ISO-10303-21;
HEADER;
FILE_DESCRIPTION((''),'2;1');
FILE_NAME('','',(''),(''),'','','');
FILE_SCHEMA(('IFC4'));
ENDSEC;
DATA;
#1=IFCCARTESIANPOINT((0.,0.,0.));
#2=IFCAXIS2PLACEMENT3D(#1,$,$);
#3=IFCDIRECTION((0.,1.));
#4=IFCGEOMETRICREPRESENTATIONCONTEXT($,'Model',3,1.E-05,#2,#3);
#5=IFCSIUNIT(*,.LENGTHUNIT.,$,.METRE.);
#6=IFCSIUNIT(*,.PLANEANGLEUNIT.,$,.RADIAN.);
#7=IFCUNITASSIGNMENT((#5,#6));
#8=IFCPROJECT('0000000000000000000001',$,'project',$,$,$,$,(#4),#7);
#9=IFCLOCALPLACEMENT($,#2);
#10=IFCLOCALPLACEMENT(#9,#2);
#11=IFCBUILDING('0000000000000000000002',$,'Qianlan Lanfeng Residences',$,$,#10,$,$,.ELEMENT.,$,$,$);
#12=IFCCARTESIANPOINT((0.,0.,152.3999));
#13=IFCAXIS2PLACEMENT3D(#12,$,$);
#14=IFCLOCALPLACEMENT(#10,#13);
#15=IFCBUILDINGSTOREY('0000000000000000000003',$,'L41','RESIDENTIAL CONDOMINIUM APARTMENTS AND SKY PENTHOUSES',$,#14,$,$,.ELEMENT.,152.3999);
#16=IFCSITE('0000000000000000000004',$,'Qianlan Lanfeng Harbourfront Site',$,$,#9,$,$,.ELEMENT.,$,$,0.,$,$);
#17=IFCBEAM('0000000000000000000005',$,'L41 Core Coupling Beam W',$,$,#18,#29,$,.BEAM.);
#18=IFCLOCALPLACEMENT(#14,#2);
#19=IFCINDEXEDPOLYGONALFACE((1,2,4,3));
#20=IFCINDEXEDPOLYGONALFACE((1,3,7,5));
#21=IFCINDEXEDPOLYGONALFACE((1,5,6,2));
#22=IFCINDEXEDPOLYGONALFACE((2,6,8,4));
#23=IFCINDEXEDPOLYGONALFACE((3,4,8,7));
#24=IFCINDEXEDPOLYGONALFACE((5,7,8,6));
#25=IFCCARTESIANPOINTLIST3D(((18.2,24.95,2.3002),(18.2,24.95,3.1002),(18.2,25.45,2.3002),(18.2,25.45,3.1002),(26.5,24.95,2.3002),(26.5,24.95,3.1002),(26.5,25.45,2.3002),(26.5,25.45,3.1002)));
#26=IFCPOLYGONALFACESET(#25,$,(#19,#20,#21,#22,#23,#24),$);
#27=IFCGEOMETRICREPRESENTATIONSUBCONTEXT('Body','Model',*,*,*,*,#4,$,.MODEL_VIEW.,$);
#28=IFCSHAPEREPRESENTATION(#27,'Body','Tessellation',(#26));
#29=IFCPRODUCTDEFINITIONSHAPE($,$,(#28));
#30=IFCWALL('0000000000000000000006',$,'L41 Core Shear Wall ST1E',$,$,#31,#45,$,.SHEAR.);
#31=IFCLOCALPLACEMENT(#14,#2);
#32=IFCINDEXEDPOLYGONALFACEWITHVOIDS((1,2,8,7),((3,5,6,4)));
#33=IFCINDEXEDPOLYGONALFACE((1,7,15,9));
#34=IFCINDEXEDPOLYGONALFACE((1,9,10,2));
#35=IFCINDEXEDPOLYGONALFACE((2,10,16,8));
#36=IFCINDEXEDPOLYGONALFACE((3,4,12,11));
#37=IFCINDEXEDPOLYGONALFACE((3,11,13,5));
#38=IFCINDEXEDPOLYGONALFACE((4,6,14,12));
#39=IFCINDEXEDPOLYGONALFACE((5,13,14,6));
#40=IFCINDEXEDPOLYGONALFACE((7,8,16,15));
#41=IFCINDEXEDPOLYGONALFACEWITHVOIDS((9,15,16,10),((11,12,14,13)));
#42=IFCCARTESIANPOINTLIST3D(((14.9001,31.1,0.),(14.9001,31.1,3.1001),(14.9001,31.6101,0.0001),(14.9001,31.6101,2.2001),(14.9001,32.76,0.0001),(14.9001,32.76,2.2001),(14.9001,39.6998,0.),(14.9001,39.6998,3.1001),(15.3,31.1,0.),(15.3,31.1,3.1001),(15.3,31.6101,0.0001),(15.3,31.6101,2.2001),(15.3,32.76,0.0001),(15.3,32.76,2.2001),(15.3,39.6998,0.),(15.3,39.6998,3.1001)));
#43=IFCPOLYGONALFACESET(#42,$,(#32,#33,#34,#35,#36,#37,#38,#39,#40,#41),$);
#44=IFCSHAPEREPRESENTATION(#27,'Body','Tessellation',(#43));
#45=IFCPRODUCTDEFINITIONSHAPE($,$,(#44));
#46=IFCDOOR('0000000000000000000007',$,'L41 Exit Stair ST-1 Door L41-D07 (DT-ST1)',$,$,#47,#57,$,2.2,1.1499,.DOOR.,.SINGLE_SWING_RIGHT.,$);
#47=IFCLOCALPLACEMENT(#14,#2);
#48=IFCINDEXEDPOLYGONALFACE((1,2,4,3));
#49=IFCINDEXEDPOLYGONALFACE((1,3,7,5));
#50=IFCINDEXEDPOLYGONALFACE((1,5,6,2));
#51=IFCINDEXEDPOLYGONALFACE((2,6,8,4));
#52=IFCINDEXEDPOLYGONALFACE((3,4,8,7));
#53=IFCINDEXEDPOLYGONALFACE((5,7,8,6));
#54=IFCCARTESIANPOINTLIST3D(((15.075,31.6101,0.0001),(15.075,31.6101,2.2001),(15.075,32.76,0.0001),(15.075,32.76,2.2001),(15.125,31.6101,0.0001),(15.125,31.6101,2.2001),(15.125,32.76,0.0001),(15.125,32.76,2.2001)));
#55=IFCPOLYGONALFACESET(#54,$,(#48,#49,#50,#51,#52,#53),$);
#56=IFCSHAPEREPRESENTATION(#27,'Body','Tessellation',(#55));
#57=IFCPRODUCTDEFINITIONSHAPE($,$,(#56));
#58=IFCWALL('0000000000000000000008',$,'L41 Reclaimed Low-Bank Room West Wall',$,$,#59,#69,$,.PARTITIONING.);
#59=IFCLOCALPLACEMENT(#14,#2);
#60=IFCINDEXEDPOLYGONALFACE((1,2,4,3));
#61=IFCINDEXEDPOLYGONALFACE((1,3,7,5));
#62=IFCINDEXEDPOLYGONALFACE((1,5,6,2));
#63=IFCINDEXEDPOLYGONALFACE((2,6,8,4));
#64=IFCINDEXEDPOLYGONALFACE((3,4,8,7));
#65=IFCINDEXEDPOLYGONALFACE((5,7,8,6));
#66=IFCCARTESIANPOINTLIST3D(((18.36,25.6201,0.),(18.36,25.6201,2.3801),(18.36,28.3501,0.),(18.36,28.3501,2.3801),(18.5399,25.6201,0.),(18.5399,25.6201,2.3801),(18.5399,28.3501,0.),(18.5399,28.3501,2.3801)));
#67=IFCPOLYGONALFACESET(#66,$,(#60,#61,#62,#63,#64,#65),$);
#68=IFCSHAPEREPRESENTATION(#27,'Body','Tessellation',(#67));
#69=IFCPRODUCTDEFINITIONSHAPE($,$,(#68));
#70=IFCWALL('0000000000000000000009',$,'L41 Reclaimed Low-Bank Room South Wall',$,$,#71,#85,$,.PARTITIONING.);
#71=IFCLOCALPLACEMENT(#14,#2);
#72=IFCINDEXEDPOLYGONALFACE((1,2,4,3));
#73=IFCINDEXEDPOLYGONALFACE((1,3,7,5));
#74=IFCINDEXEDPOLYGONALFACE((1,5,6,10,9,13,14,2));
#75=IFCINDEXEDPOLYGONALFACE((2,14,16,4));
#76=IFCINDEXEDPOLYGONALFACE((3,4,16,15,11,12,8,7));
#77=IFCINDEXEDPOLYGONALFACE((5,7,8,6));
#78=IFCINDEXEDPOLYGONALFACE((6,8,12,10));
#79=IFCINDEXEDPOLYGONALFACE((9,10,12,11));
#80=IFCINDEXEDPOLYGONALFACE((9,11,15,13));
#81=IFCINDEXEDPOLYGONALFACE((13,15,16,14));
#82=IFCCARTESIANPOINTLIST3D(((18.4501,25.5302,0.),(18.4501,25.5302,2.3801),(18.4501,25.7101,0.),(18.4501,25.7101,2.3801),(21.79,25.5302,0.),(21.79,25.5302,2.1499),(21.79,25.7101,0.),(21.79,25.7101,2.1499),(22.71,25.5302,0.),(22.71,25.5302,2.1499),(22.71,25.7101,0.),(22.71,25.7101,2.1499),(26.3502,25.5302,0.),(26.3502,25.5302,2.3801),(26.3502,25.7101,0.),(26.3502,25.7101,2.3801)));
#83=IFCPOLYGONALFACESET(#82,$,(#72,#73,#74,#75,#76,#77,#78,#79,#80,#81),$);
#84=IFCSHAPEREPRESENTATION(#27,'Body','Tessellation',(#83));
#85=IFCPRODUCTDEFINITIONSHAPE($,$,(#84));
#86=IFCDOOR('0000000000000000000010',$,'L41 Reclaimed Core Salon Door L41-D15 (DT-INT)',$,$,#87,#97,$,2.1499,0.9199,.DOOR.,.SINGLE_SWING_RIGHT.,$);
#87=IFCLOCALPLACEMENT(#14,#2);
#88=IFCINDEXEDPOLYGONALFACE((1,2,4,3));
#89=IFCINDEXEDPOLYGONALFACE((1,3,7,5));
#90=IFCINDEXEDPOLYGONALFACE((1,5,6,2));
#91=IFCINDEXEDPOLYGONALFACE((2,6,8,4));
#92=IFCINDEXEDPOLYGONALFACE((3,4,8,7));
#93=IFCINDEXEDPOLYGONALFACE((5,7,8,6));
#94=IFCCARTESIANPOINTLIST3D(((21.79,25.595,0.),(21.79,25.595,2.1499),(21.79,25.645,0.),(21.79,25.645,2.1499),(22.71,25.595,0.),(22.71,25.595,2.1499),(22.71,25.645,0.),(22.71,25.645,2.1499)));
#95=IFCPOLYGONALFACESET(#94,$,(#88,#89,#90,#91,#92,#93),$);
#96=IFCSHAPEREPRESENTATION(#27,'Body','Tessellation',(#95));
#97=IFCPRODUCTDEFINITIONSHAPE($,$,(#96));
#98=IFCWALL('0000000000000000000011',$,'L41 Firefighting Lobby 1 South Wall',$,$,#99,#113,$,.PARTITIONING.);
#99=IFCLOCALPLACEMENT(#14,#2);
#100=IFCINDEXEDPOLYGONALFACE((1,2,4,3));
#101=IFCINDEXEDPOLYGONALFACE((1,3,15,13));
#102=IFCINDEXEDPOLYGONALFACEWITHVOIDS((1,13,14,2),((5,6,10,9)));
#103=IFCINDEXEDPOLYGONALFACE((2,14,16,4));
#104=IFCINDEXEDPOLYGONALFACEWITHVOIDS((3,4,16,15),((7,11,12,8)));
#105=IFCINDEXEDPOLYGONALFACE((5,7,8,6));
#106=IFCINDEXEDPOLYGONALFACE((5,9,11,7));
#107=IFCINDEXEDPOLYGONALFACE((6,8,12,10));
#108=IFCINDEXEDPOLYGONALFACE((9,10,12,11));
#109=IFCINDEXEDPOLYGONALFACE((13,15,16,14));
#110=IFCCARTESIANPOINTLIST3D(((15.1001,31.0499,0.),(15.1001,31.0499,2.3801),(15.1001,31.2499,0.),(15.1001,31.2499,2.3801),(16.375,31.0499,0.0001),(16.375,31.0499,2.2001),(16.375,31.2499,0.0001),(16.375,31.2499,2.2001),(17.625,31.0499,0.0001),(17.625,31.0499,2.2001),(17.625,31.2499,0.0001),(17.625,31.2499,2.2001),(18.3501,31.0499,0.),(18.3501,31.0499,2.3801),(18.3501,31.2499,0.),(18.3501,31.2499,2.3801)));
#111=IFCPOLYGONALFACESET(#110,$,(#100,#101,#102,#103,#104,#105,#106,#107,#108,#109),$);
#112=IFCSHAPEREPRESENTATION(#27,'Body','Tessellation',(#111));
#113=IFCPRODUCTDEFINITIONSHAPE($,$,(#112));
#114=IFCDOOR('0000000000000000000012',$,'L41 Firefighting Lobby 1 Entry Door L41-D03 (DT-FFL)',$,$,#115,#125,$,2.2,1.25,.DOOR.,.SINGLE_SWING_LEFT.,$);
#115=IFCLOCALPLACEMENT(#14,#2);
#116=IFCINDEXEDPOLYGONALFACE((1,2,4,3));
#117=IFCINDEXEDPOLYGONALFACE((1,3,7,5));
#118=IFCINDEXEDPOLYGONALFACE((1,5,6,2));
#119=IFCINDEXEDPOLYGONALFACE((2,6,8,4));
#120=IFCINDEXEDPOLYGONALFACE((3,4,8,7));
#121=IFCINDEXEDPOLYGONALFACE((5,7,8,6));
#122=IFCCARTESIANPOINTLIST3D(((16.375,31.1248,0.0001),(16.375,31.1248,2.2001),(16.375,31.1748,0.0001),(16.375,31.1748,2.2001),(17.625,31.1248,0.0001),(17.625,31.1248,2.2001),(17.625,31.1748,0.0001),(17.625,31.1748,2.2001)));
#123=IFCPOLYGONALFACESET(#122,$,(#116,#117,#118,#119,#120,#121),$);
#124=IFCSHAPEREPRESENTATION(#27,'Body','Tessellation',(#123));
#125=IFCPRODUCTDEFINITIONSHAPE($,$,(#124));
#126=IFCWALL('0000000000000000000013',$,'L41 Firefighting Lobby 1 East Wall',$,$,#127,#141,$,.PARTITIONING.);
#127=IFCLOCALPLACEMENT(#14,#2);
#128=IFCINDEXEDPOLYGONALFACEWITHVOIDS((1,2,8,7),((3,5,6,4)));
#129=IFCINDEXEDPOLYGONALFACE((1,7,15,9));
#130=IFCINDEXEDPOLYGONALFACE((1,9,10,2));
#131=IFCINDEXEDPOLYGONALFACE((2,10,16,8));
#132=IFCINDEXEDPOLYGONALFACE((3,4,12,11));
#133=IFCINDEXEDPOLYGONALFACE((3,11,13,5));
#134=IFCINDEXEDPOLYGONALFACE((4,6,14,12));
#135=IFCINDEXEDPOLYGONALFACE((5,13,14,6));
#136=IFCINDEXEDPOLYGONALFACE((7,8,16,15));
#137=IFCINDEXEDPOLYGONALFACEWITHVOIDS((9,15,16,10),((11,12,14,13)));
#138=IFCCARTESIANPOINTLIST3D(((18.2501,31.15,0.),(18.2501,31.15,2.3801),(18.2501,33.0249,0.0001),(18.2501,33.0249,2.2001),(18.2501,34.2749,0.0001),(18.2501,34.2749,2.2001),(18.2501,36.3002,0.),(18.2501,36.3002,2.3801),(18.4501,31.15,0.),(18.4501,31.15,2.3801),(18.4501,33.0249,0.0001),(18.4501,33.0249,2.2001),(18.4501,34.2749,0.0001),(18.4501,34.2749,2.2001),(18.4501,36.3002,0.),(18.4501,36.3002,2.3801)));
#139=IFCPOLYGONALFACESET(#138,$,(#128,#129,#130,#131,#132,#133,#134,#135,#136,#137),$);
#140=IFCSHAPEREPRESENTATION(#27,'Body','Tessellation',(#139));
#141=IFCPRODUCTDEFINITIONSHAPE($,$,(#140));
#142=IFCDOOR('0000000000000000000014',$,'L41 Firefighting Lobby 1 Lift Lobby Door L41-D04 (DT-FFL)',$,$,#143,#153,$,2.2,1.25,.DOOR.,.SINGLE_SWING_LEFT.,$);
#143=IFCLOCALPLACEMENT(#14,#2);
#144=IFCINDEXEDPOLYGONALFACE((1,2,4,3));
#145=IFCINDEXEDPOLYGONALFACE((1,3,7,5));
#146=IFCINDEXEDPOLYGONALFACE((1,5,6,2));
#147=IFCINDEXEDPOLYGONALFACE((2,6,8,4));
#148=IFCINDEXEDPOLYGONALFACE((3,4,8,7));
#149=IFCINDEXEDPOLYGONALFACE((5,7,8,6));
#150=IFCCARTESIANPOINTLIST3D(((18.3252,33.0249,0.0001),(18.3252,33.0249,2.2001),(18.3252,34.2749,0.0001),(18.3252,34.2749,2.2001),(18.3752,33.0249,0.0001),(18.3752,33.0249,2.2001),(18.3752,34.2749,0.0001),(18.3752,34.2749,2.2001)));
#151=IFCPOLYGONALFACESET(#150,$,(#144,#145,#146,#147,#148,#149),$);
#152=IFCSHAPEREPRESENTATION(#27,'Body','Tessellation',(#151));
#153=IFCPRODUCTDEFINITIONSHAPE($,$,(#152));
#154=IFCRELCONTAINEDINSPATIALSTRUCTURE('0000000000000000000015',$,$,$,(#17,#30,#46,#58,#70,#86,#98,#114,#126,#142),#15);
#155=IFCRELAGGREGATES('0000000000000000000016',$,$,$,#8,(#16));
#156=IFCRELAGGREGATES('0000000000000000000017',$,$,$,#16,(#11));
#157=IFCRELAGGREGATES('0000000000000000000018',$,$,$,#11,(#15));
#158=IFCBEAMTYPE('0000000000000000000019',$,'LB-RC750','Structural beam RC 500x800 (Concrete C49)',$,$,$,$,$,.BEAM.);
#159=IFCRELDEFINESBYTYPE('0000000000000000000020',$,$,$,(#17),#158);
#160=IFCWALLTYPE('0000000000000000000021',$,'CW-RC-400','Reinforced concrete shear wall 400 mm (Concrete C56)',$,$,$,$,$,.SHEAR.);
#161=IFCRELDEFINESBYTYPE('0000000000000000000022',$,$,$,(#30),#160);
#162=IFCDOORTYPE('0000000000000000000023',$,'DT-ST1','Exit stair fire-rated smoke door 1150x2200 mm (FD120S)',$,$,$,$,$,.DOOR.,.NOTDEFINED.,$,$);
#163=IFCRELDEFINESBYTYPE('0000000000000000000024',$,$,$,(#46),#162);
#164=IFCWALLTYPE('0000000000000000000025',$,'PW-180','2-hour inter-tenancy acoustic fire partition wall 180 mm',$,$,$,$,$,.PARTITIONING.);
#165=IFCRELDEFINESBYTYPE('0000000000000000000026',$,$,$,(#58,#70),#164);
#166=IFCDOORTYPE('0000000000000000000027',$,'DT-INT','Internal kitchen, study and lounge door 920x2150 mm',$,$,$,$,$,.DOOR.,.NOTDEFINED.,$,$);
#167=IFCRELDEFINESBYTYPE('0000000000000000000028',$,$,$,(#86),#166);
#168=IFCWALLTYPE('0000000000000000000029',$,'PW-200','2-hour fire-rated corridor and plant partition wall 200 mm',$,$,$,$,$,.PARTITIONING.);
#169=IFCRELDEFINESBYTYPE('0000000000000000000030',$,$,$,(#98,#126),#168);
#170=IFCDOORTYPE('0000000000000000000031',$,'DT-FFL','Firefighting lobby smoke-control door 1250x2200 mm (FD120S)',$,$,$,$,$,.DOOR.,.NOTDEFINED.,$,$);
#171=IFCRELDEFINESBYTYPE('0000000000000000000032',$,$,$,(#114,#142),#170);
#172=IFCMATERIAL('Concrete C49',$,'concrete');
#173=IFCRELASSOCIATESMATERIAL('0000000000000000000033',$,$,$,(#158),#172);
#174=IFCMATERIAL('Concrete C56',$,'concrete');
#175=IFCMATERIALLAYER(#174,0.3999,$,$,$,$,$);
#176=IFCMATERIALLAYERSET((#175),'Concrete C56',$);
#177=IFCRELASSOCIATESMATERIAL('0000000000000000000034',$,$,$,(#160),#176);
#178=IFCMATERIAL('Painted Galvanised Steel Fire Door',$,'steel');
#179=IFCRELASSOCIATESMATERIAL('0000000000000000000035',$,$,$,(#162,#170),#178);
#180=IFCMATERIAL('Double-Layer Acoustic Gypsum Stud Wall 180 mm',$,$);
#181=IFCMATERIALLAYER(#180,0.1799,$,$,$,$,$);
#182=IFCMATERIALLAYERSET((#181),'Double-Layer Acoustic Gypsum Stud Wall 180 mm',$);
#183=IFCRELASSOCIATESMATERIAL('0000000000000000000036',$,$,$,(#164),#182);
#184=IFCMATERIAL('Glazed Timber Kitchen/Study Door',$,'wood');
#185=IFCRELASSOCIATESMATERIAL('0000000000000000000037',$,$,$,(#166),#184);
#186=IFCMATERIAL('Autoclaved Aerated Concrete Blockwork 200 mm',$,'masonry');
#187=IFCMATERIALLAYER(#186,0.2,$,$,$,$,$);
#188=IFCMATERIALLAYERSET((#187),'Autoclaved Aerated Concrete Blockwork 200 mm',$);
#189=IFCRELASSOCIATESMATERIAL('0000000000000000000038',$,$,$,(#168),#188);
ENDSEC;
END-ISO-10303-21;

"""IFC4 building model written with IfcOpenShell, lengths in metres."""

from ifc_helpers import new_model, si_unit, direction, frame, frame_2d, origin, origin_2d, place, context, subcontext, project, spatial, rectangle, extrude, material, layer, layer_set, material_profile, profile_set, type_object, element, fill, save


model = new_model("IFC4")

# Units and contexts
model_context = context("Model", 3, precision=1e-05, world=origin(), true_north=direction((0.0, 1.0)))
body_context = subcontext(model_context, "Body", "Model", "MODEL_VIEW")
ifc_project = project(units=[si_unit("LENGTHUNIT", "METRE"), si_unit("PLANEANGLEUNIT", "RADIAN")], contexts=[model_context])

# Site, building, storey
site_placement = place(None, origin())
site = spatial("IfcSite", under=ifc_project, at=site_placement, Name="Qianlan Lanfeng Harbourfront Site", CompositionType="ELEMENT", RefElevation=0.0)
building_placement = place(site_placement, origin())
building = spatial("IfcBuilding", under=site, at=building_placement, Name="Qianlan Lanfeng Residences", CompositionType="ELEMENT")
storey_placement = place(building_placement, frame((0.0, 0.0, 152.3999)))
storey = spatial("IfcBuildingStorey", under=building, at=storey_placement, Name="L41", Description="RESIDENTIAL CONDOMINIUM APARTMENTS AND SKY PENTHOUSES", CompositionType="ELEMENT", Elevation=152.3999)

# Beam
ifc_material_1 = material(Name="Concrete C49", Category="concrete")
ifc_material_profile = material_profile(ifc_material_1, rectangle(XDim=0.5, YDim=0.8, at=origin_2d()), Name="RC 500x800")
ifc_profile_set = profile_set([ifc_material_profile], Name="Concrete C49")
beam_type = type_object("IfcBeamType", Name="LB-RC750", Description="Structural beam RC 500x800 (Concrete C49)", PredefinedType="BEAM", material=ifc_profile_set)
beam_placement = place(storey_placement, frame((18.2, 25.2, 2.7002), z_axis=(1.0, 0.0, 0.0), x_axis=(0.0, 1.0, 0.0)))
element("IfcBeam", 1, at=beam_placement, inside=storey, type_object=beam_type, Name="L41 Core Coupling Beam W", PredefinedType="BEAM", context=body_context, shape_type="SweptSolid", body=[
    extrude(rectangle(XDim=0.5, YDim=0.8, at=origin_2d()), origin(), (0.0, 0.0, 1.0), 8.3),
])

# Wall, opening, door
ifc_material_2 = material(Name="Concrete C56", Category="concrete")
ifc_layer_1 = layer(ifc_material_2, 0.3999)
ifc_layer_set_1 = layer_set([ifc_layer_1], Name="Concrete C56")
wall_type_1 = type_object("IfcWallType", Name="CW-RC-400", Description="Reinforced concrete shear wall 400 mm (Concrete C56)", PredefinedType="SHEAR", material=ifc_layer_set_1)
wall_1_placement = place(storey_placement, frame((15.1001, 31.1001, 0.0), z_axis=(0.0, 0.0, 1.0), x_axis=(0.0, 1.0, 0.0)))
wall_1 = element("IfcWall", 2, at=wall_1_placement, inside=storey, type_object=wall_type_1, Name="L41 Core Shear Wall ST1E", PredefinedType="SHEAR", context=body_context, shape_type="SweptSolid", body=[
    extrude(rectangle(XDim=8.5999, YDim=0.3999, at=frame_2d((4.2998, 0.0))), origin(), (0.0, 0.0, 1.0), 3.1001),
])
opening_1_placement = place(wall_1_placement, frame((0.51, 0.0, 0.0)))
opening_1 = element("IfcOpeningElement", 3, at=opening_1_placement, cuts=wall_1, PredefinedType="OPENING", context=body_context, shape_type="SweptSolid", body=[
    extrude(rectangle(XDim=1.1499, YDim=2.2, at=frame_2d((0.575, 1.1001))), frame((0.0, 0.21, 0.0), z_axis=(0.0, -1.0, 0.0), x_axis=(1.0, 0.0, 0.0)), (0.0, 0.0, 1.0), 0.4199),
])
ifc_material_3 = material(Name="Painted Galvanised Steel Fire Door", Category="steel")
door_type_1 = type_object("IfcDoorType", Name="DT-ST1", Description="Exit stair fire-rated smoke door 1150x2200 mm (FD120S)", OperationType="NOTDEFINED", PredefinedType="DOOR", material=ifc_material_3)
door_1_placement = place(opening_1_placement, frame((1.1499, 0.0, 0.0), z_axis=(0.0, 0.0, 1.0), x_axis=(-1.0, 0.0, 0.0)))
door_1 = element("IfcDoor", 4, at=door_1_placement, inside=storey, type_object=door_type_1, Name="L41 Exit Stair ST-1 Door L41-D07 (DT-ST1)", OperationType="SINGLE_SWING_RIGHT", OverallHeight=2.2, OverallWidth=1.1499, PredefinedType="DOOR", context=body_context, shape_type="SweptSolid", body=[
    extrude(rectangle(XDim=1.1499, YDim=2.2, at=frame_2d((0.575, 1.1001))), frame((0.0, 0.0249, 0.0), z_axis=(0.0, -1.0, 0.0), x_axis=(1.0, 0.0, 0.0)), (0.0, 0.0, 1.0), 0.05),
])
fill(opening_1, door_1)

# Shared definitions
ifc_material_4 = material(Name="Double-Layer Acoustic Gypsum Stud Wall 180 mm")
ifc_layer_2 = layer(ifc_material_4, 0.1799)
ifc_layer_set_2 = layer_set([ifc_layer_2], Name="Double-Layer Acoustic Gypsum Stud Wall 180 mm")
wall_type_2 = type_object("IfcWallType", Name="PW-180", Description="2-hour inter-tenancy acoustic fire partition wall 180 mm", PredefinedType="PARTITIONING", material=ifc_layer_set_2)
ifc_material_5 = material(Name="Glazed Timber Kitchen/Study Door", Category="wood")
door_type_2 = type_object("IfcDoorType", Name="DT-INT", Description="Internal kitchen, study and lounge door 920x2150 mm", OperationType="NOTDEFINED", PredefinedType="DOOR", material=ifc_material_5)

# Wall
wall_2_placement = place(storey_placement, frame((18.45, 25.6201, 0.0), z_axis=(0.0, 0.0, 1.0), x_axis=(0.0, 1.0, 0.0)))
element("IfcWall", 5, at=wall_2_placement, inside=storey, type_object=wall_type_2, Name="L41 Reclaimed Low-Bank Room West Wall", PredefinedType="PARTITIONING", context=body_context, shape_type="SweptSolid", body=[
    extrude(rectangle(XDim=2.73, YDim=0.1799, at=frame_2d((1.365, 0.0))), origin(), (0.0, 0.0, 1.0), 2.3801),
])

# Walls, openings, doors
wall_3_placement = place(storey_placement, frame((18.45, 25.6201, 0.0), z_axis=(0.0, 0.0, 1.0), x_axis=(1.0, 0.0, 0.0)))
wall_3 = element("IfcWall", 6, at=wall_3_placement, inside=storey, type_object=wall_type_2, Name="L41 Reclaimed Low-Bank Room South Wall", PredefinedType="PARTITIONING", context=body_context, shape_type="SweptSolid", body=[
    extrude(rectangle(XDim=7.9001, YDim=0.1799, at=frame_2d((3.9502, 0.0))), origin(), (0.0, 0.0, 1.0), 2.3801),
])
opening_2_placement = place(wall_3_placement, frame((3.3401, 0.0, 0.0)))
opening_2 = element("IfcOpeningElement", 7, at=opening_2_placement, cuts=wall_3, PredefinedType="OPENING", context=body_context, shape_type="SweptSolid", body=[
    extrude(rectangle(XDim=0.9199, YDim=2.1499, at=frame_2d((0.46, 1.075))), frame((0.0, 0.1001, 0.0), z_axis=(0.0, -1.0, 0.0), x_axis=(1.0, 0.0, 0.0)), (0.0, 0.0, 1.0), 0.2),
])
door_2_placement = place(opening_2_placement, origin())
door_2 = element("IfcDoor", 8, at=door_2_placement, inside=storey, type_object=door_type_2, Name="L41 Reclaimed Core Salon Door L41-D15 (DT-INT)", OperationType="SINGLE_SWING_RIGHT", OverallHeight=2.1499, OverallWidth=0.9199, PredefinedType="DOOR", context=body_context, shape_type="SweptSolid", body=[
    extrude(rectangle(XDim=0.9199, YDim=2.1499, at=frame_2d((0.46, 1.075))), frame((0.0, 0.0249, 0.0), z_axis=(0.0, -1.0, 0.0), x_axis=(1.0, 0.0, 0.0)), (0.0, 0.0, 1.0), 0.05),
])
fill(opening_2, door_2)
ifc_material_6 = material(Name="Autoclaved Aerated Concrete Blockwork 200 mm", Category="masonry")
ifc_layer_3 = layer(ifc_material_6, 0.2)
ifc_layer_set_3 = layer_set([ifc_layer_3], Name="Autoclaved Aerated Concrete Blockwork 200 mm")
wall_type_3 = type_object("IfcWallType", Name="PW-200", Description="2-hour fire-rated corridor and plant partition wall 200 mm", PredefinedType="PARTITIONING", material=ifc_layer_set_3)
wall_4_placement = place(storey_placement, frame((15.1001, 31.1499, 0.0), z_axis=(0.0, 0.0, 1.0), x_axis=(1.0, 0.0, 0.0)))
wall_4 = element("IfcWall", 9, at=wall_4_placement, inside=storey, type_object=wall_type_3, Name="L41 Firefighting Lobby 1 South Wall", PredefinedType="PARTITIONING", context=body_context, shape_type="SweptSolid", body=[
    extrude(rectangle(XDim=3.25, YDim=0.2, at=frame_2d((1.625, 0.0))), origin(), (0.0, 0.0, 1.0), 2.3801),
])
opening_3_placement = place(wall_4_placement, frame((1.2749, 0.0, 0.0)))
opening_3 = element("IfcOpeningElement", 10, at=opening_3_placement, cuts=wall_4, PredefinedType="OPENING", context=body_context, shape_type="SweptSolid", body=[
    extrude(rectangle(XDim=1.25, YDim=2.2, at=frame_2d((0.625, 1.1001))), frame((0.0, 0.1099, 0.0), z_axis=(0.0, -1.0, 0.0), x_axis=(1.0, 0.0, 0.0)), (0.0, 0.0, 1.0), 0.22),
])
door_type_3 = type_object("IfcDoorType", Name="DT-FFL", Description="Firefighting lobby smoke-control door 1250x2200 mm (FD120S)", OperationType="NOTDEFINED", PredefinedType="DOOR", material=ifc_material_3)
door_3_placement = place(opening_3_placement, origin())
door_3 = element("IfcDoor", 11, at=door_3_placement, inside=storey, type_object=door_type_3, Name="L41 Firefighting Lobby 1 Entry Door L41-D03 (DT-FFL)", OperationType="SINGLE_SWING_LEFT", OverallHeight=2.2, OverallWidth=1.25, PredefinedType="DOOR", context=body_context, shape_type="SweptSolid", body=[
    extrude(rectangle(XDim=1.25, YDim=2.2, at=frame_2d((0.625, 1.1001))), frame((0.0, 0.0249, 0.0), z_axis=(0.0, -1.0, 0.0), x_axis=(1.0, 0.0, 0.0)), (0.0, 0.0, 1.0), 0.05),
])
fill(opening_3, door_3)
wall_5_placement = place(storey_placement, frame((18.3501, 31.1499, 0.0), z_axis=(0.0, 0.0, 1.0), x_axis=(0.0, 1.0, 0.0)))
wall_5 = element("IfcWall", 12, at=wall_5_placement, inside=storey, type_object=wall_type_3, Name="L41 Firefighting Lobby 1 East Wall", PredefinedType="PARTITIONING", context=body_context, shape_type="SweptSolid", body=[
    extrude(rectangle(XDim=5.1501, YDim=0.2, at=frame_2d((2.5752, 0.0))), origin(), (0.0, 0.0, 1.0), 2.3801),
])
opening_4_placement = place(wall_5_placement, frame((1.875, 0.0, 0.0)))
opening_4 = element("IfcOpeningElement", 13, at=opening_4_placement, cuts=wall_5, PredefinedType="OPENING", context=body_context, shape_type="SweptSolid", body=[
    extrude(rectangle(XDim=1.25, YDim=2.2, at=frame_2d((0.625, 1.1001))), frame((0.0, 0.1099, 0.0), z_axis=(0.0, -1.0, 0.0), x_axis=(1.0, 0.0, 0.0)), (0.0, 0.0, 1.0), 0.22),
])
door_4_placement = place(opening_4_placement, origin())
door_4 = element("IfcDoor", 14, at=door_4_placement, inside=storey, type_object=door_type_3, Name="L41 Firefighting Lobby 1 Lift Lobby Door L41-D04 (DT-FFL)", OperationType="SINGLE_SWING_LEFT", OverallHeight=2.2, OverallWidth=1.25, PredefinedType="DOOR", context=body_context, shape_type="SweptSolid", body=[
    extrude(rectangle(XDim=1.25, YDim=2.2, at=frame_2d((0.625, 1.1001))), frame((0.0, 0.0249, 0.0), z_axis=(0.0, -1.0, 0.0), x_axis=(1.0, 0.0, 0.0)), (0.0, 0.0, 1.0), 0.05),
])
fill(opening_4, door_4)

save(model, "model.ifc")
